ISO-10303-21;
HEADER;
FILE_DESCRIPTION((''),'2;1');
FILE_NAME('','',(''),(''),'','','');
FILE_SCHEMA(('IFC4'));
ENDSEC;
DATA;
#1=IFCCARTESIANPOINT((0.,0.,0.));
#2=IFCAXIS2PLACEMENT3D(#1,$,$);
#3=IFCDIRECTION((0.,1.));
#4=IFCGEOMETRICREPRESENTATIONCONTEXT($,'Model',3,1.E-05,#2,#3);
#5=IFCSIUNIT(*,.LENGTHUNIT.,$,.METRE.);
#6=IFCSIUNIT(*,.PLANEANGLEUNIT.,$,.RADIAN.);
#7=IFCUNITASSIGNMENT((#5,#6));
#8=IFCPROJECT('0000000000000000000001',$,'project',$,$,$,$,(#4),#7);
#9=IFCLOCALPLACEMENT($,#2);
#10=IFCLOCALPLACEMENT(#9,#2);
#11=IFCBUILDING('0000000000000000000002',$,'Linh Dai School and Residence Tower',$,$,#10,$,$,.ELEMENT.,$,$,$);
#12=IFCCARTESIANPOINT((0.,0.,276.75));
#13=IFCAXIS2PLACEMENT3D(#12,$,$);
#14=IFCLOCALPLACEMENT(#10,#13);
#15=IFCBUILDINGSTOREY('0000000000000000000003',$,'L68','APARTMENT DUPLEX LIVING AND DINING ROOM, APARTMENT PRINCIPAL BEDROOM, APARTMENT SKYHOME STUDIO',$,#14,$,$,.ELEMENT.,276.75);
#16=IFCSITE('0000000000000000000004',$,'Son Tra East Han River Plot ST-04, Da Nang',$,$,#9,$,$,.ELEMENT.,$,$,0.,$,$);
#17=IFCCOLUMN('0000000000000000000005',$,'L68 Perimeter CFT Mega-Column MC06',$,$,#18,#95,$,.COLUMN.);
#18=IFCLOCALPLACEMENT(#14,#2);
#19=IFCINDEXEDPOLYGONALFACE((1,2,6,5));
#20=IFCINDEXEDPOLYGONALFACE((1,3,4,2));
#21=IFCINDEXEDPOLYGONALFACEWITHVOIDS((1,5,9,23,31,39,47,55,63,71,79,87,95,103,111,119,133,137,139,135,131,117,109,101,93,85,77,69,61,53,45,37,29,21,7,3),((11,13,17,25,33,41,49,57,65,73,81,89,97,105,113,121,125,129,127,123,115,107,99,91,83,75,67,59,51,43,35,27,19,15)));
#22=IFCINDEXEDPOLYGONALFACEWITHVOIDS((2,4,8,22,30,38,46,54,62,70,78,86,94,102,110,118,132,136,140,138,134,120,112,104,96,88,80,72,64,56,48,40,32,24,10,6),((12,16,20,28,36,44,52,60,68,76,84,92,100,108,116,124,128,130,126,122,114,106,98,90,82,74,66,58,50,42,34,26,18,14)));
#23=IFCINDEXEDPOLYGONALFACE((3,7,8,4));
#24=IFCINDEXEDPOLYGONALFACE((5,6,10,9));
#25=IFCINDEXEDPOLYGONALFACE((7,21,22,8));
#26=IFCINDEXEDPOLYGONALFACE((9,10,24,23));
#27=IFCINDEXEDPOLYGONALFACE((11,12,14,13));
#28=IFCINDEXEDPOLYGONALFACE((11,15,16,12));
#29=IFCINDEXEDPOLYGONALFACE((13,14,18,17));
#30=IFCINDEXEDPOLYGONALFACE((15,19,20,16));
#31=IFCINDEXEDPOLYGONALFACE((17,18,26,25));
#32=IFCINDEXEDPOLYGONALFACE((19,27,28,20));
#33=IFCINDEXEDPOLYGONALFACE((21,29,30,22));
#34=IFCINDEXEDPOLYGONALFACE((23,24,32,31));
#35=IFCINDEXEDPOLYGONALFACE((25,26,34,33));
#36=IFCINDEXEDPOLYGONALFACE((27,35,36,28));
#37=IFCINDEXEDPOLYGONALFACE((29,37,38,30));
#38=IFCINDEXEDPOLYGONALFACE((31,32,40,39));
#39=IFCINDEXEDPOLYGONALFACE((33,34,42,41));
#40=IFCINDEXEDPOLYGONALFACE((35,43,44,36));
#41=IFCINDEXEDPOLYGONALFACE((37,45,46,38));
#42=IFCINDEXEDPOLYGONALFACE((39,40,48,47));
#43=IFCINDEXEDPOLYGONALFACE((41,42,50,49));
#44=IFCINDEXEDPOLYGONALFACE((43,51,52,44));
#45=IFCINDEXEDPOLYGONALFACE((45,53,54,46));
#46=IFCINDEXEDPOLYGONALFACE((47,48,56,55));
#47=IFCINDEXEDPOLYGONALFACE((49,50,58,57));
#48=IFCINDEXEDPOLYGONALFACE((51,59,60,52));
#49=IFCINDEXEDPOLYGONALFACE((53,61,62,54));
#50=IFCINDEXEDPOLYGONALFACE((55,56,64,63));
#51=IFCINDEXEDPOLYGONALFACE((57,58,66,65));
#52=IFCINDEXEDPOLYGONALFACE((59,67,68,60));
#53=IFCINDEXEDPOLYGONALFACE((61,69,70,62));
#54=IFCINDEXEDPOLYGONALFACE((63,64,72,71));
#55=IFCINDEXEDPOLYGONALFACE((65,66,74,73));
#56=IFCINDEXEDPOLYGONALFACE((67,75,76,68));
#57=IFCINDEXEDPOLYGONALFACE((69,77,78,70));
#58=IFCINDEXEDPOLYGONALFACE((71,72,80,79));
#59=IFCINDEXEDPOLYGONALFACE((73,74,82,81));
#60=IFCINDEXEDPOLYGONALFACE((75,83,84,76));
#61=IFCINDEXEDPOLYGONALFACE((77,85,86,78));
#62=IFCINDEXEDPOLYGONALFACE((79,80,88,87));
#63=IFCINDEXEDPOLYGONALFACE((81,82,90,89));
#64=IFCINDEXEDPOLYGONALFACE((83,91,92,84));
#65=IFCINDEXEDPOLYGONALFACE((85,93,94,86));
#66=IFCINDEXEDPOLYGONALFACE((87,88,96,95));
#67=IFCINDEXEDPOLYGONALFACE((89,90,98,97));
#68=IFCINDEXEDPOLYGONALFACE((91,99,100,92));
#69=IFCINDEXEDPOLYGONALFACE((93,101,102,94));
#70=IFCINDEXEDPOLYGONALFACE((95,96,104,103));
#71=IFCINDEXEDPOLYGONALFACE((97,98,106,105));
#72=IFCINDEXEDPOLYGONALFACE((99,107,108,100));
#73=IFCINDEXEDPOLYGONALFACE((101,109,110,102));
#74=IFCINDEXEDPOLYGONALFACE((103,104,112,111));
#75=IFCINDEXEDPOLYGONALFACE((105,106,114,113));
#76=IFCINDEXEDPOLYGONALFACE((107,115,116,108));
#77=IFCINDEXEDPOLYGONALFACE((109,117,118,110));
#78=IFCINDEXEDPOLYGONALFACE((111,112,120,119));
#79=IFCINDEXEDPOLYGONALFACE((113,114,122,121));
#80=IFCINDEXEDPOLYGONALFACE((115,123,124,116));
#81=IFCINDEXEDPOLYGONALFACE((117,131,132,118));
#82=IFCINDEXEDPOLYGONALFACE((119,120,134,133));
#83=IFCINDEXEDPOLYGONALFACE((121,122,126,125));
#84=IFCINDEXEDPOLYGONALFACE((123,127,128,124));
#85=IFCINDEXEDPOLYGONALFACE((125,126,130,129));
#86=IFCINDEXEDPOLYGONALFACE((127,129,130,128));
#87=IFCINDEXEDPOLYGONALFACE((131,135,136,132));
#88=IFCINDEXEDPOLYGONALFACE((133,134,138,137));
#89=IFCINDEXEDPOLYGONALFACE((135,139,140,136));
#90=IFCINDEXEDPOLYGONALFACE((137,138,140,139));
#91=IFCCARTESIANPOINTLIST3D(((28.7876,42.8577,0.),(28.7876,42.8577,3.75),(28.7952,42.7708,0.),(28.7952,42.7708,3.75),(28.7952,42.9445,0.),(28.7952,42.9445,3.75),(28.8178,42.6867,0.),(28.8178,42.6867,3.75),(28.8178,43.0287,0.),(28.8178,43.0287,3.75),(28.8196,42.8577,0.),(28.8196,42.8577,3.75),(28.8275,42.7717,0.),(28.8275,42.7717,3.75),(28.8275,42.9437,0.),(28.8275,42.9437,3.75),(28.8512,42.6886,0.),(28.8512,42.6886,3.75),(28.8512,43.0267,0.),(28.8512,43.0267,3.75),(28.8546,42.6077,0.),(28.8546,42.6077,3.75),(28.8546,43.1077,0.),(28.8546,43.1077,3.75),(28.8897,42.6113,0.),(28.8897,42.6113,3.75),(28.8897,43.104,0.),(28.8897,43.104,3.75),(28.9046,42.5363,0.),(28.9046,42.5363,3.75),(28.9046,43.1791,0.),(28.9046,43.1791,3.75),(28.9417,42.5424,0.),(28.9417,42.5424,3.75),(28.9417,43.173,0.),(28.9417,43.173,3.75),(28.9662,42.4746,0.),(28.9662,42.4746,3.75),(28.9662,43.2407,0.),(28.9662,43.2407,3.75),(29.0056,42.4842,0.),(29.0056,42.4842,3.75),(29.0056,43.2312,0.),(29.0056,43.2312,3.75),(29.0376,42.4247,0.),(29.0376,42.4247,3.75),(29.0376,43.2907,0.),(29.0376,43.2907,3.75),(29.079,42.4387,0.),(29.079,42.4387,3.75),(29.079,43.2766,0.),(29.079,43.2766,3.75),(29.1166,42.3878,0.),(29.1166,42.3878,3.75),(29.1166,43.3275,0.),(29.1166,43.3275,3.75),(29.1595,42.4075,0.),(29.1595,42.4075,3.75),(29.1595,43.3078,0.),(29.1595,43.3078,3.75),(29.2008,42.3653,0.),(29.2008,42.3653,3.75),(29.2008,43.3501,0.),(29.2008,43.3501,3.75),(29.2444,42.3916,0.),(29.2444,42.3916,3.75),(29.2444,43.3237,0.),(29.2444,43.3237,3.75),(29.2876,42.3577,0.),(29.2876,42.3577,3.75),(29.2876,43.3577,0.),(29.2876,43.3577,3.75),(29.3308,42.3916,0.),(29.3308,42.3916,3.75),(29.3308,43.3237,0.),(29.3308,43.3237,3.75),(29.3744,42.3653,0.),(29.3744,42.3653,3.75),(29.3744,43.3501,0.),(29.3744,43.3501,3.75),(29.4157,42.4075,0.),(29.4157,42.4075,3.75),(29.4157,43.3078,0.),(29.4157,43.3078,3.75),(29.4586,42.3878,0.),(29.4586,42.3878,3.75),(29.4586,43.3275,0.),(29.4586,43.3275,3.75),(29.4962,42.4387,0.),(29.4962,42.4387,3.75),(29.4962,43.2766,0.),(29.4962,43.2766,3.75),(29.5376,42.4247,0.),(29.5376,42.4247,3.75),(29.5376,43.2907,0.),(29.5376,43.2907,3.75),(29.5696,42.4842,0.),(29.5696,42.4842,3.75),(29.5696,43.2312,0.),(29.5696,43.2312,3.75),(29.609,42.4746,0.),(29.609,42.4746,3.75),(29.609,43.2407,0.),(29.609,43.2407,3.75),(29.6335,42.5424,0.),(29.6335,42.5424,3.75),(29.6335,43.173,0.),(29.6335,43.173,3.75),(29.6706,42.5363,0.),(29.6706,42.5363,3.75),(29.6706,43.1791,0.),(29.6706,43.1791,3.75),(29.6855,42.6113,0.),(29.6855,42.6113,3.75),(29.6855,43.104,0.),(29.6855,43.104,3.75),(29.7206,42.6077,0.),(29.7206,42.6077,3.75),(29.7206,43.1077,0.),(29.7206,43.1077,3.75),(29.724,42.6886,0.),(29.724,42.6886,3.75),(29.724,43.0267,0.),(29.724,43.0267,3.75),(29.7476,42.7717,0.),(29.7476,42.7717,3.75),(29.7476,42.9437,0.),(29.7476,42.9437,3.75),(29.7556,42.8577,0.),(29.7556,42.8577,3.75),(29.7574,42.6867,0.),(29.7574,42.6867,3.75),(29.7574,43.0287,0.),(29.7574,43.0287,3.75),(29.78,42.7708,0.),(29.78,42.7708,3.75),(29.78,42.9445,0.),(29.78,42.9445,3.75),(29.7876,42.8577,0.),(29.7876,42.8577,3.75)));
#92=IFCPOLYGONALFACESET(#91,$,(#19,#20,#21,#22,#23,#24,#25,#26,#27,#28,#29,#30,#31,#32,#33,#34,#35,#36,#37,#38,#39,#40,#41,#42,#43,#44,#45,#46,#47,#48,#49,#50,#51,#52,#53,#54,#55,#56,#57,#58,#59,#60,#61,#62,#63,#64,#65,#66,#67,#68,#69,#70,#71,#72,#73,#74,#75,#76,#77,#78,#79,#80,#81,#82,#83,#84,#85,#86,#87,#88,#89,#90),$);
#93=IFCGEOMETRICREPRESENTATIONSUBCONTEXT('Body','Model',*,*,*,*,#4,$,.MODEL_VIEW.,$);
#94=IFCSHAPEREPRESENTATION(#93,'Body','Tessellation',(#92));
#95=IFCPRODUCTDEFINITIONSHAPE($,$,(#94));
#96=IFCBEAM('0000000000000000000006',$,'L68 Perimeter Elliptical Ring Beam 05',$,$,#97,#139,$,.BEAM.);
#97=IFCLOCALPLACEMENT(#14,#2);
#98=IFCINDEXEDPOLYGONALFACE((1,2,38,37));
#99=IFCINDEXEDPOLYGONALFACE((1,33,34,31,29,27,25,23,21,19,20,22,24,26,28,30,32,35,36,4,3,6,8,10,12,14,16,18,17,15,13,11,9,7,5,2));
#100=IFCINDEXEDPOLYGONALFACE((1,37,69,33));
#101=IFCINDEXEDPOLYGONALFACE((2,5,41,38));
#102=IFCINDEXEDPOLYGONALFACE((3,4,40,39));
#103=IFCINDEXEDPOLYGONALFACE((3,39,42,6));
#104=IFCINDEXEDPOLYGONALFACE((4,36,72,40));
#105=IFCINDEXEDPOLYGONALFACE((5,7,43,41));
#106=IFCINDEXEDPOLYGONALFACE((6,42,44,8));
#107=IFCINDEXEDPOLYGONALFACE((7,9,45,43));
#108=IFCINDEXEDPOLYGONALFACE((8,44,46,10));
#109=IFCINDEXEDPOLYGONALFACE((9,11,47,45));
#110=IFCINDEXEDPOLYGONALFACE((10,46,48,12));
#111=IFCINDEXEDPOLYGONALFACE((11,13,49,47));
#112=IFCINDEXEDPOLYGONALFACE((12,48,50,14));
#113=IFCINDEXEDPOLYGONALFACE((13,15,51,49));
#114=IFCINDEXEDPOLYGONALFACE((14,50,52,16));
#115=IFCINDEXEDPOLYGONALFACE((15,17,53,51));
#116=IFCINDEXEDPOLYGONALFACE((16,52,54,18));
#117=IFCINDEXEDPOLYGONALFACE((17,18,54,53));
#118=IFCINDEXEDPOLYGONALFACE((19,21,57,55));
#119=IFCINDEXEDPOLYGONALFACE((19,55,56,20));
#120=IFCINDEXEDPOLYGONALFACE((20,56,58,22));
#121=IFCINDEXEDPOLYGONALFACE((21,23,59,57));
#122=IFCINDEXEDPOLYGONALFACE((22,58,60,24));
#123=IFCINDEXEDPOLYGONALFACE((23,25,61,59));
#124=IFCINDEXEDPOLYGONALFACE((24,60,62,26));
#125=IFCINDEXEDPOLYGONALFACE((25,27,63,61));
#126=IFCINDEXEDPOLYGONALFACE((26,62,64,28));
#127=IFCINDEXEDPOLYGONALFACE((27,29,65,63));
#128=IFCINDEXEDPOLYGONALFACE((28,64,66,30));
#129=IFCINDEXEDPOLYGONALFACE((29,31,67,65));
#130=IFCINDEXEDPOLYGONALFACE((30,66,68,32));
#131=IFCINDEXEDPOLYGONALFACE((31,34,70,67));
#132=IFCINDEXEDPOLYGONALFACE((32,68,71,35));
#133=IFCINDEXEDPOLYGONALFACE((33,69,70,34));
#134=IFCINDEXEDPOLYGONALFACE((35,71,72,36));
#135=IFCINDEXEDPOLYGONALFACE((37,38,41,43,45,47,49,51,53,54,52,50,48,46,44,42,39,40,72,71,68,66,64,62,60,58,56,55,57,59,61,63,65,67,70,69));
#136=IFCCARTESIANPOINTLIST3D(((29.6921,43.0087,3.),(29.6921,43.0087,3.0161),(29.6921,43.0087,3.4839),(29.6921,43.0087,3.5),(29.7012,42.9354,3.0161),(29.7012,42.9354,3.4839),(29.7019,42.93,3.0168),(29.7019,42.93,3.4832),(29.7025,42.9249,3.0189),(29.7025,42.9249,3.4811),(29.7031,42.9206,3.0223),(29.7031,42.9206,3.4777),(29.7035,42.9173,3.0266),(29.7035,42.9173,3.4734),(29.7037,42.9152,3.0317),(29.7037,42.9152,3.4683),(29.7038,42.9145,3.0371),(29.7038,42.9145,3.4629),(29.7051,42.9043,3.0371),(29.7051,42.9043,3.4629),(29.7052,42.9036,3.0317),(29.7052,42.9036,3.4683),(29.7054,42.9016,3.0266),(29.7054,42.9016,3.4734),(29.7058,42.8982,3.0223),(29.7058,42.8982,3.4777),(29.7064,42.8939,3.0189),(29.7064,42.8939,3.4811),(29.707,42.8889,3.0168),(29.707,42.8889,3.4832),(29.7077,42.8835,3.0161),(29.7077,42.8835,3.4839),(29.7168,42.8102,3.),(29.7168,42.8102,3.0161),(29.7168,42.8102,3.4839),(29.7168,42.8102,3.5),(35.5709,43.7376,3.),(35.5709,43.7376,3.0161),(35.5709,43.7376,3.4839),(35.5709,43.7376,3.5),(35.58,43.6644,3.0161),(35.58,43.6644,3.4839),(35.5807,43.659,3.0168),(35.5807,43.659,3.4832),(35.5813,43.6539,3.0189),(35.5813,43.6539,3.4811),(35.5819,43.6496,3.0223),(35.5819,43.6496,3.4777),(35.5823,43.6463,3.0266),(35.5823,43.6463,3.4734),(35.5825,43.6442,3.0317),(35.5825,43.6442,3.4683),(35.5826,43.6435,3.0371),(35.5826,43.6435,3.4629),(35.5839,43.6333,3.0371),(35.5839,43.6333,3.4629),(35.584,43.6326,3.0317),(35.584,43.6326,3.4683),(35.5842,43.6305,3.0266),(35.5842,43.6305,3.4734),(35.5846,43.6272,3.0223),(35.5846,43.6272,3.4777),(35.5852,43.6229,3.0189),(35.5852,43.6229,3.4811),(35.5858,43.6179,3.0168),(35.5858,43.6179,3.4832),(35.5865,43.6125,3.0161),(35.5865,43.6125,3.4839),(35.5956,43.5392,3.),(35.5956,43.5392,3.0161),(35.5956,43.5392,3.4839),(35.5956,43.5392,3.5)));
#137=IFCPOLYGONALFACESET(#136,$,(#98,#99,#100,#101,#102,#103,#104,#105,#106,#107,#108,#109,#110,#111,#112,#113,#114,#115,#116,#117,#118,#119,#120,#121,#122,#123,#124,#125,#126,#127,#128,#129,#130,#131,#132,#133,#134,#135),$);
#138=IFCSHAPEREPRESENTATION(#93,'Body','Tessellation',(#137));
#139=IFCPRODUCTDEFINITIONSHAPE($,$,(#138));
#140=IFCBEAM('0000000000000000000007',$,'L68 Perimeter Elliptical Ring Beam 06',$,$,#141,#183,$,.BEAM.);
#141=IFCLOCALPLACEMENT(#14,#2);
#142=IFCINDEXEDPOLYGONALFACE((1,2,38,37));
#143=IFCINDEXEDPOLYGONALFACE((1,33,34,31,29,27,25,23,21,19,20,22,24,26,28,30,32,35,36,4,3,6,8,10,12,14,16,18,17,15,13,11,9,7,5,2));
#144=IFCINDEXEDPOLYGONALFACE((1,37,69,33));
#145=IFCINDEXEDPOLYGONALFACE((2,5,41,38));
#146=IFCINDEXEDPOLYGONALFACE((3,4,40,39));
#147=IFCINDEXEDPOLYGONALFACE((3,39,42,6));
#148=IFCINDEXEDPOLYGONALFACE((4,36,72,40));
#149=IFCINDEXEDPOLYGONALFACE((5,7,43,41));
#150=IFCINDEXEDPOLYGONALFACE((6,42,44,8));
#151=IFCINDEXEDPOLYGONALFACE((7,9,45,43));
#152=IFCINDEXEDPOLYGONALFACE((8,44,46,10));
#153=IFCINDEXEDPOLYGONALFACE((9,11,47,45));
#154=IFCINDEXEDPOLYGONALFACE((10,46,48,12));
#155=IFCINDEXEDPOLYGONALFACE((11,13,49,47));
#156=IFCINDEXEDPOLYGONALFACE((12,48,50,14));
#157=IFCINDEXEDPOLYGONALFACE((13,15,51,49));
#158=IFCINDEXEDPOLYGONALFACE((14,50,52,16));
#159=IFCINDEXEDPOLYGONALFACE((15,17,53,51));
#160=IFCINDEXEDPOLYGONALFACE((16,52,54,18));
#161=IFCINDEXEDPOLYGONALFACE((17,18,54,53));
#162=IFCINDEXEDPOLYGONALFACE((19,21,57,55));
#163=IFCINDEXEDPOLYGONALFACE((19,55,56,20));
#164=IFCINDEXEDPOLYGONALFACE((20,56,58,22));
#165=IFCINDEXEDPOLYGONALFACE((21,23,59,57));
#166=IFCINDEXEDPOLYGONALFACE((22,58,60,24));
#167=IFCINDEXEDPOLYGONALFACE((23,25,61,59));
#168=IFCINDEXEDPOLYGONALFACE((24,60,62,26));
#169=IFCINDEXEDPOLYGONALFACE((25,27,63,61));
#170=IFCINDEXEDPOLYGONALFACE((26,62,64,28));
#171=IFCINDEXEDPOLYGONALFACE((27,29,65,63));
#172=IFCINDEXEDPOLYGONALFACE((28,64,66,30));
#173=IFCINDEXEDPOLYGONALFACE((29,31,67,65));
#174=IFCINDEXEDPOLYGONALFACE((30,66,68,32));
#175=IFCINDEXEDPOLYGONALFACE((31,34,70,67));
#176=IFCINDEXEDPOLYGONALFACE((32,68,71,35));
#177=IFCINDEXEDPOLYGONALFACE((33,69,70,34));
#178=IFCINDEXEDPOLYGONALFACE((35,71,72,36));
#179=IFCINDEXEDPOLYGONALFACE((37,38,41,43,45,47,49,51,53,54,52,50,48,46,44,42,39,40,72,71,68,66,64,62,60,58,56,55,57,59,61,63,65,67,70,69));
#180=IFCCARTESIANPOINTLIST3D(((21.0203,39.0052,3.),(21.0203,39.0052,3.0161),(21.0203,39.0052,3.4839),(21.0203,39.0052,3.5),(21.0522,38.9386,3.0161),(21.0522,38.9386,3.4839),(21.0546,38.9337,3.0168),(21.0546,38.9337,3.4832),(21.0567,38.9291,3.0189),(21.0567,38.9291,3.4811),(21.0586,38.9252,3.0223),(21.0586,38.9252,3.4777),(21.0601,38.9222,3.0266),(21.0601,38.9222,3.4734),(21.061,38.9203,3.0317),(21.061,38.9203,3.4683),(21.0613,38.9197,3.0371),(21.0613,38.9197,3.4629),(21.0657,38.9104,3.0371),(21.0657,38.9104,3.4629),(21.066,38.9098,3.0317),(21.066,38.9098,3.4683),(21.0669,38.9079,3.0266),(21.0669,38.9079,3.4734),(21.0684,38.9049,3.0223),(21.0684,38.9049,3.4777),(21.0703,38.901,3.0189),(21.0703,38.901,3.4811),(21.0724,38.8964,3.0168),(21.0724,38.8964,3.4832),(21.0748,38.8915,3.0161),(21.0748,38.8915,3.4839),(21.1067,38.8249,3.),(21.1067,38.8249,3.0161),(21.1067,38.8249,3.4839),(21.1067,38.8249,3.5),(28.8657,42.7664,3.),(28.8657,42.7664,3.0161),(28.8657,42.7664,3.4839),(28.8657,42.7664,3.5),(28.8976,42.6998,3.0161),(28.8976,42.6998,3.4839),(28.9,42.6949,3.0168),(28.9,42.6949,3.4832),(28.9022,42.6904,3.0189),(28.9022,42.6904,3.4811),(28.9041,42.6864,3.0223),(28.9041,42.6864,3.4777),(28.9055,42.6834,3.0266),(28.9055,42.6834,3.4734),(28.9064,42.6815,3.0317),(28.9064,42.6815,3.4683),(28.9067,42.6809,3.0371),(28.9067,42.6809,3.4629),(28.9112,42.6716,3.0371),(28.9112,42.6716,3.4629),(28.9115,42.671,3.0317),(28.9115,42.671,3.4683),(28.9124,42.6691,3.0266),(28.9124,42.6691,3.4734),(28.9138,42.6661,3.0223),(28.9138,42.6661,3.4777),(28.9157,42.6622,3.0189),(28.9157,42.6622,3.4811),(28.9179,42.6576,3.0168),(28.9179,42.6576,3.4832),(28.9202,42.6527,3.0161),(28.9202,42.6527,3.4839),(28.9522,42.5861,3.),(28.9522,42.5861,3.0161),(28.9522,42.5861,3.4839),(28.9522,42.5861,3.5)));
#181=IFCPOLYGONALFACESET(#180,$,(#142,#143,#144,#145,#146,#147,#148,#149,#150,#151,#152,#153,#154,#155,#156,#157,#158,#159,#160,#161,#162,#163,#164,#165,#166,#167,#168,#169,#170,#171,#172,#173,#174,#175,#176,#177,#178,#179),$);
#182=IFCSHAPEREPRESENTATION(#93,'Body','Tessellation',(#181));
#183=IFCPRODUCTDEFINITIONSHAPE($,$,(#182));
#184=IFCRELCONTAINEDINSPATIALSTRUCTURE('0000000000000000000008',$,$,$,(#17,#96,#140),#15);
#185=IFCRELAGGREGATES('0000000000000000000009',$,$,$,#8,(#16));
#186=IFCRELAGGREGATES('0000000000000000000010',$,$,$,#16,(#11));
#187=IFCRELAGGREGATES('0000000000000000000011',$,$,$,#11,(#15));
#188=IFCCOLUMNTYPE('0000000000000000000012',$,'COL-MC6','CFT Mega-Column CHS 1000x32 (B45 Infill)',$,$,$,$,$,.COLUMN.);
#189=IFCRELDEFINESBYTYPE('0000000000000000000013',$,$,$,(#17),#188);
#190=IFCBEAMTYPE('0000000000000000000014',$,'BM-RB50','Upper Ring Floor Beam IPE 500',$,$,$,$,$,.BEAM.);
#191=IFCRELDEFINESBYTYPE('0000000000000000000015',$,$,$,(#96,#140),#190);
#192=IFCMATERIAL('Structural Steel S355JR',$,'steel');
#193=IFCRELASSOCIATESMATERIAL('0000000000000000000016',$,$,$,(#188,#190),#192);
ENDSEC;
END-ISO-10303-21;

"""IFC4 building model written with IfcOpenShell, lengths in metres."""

from ifc_helpers import new_model, si_unit, direction, frame, origin, origin_2d, place, context, subcontext, project, spatial, hollow_circle, i_section, extrude, material, material_profile, profile_set, type_object, element, save


model = new_model("IFC4")

# Units and contexts
model_context = context("Model", 3, precision=1e-05, world=origin(), true_north=direction((0.0, 1.0)))
body_context = subcontext(model_context, "Body", "Model", "MODEL_VIEW")
ifc_project = project(units=[si_unit("LENGTHUNIT", "METRE"), si_unit("PLANEANGLEUNIT", "RADIAN")], contexts=[model_context])

# Site, building, storey
site_placement = place(None, origin())
site = spatial("IfcSite", under=ifc_project, at=site_placement, Name="Son Tra East Han River Plot ST-04, Da Nang", CompositionType="ELEMENT", RefElevation=0.0)
building_placement = place(site_placement, origin())
building = spatial("IfcBuilding", under=site, at=building_placement, Name="Linh Dai School and Residence Tower", CompositionType="ELEMENT")
storey_placement = place(building_placement, frame((0.0, 0.0, 276.75)))
storey = spatial("IfcBuildingStorey", under=building, at=storey_placement, Name="L68", Description="APARTMENT DUPLEX LIVING AND DINING ROOM, APARTMENT PRINCIPAL BEDROOM, APARTMENT SKYHOME STUDIO", CompositionType="ELEMENT", Elevation=276.75)

# Column
ifc_material_1 = material(Name="Structural Steel S355JR", Category="steel")
ifc_material_profile_1 = material_profile(ifc_material_1, hollow_circle(Radius=0.5, WallThickness=0.032, at=origin_2d()), Name="CHS 1000x32")
ifc_profile_set_1 = profile_set([ifc_material_profile_1], Name="Structural Steel S355JR")
column_type = type_object("IfcColumnType", Name="COL-MC6", Description="CFT Mega-Column CHS 1000x32 (B45 Infill)", PredefinedType="COLUMN", material=ifc_profile_set_1)
column_placement = place(storey_placement, frame((29.2876, 42.8577, 0.0), z_axis=(0.0, 0.0, 1.0), x_axis=(1.0, 0.0, 0.0)))
element("IfcColumn", 1, at=column_placement, inside=storey, type_object=column_type, Name="L68 Perimeter CFT Mega-Column MC06", PredefinedType="COLUMN", context=body_context, shape_type="SweptSolid", body=[
    extrude(hollow_circle(Radius=0.5, WallThickness=0.032, at=origin_2d()), origin(), (0.0, 0.0, 1.0), 3.75),
])

# Beams
ifc_material_profile_2 = material_profile(ifc_material_1, i_section(OverallWidth=0.2, OverallDepth=0.5, WebThickness=0.0103, FlangeThickness=0.0161, FilletRadius=0.021, at=origin_2d()), Name="IPE 500")
ifc_profile_set_2 = profile_set([ifc_material_profile_2], Name="Structural Steel S355JR")
beam_type_1 = type_object("IfcBeamType", Name="BM-RB50", Description="Upper Ring Floor Beam IPE 500", PredefinedType="BEAM", material=ifc_profile_set_2)
beam_1_placement = place(storey_placement, frame((35.5833, 43.6384, 3.25), z_axis=(-0.992399, -0.123061, 0.0), x_axis=(0.123061, -0.992399, 0.0)))
element("IfcBeam", 2, at=beam_1_placement, inside=storey, type_object=beam_type_1, Name="L68 Perimeter Elliptical Ring Beam 05", PredefinedType="BEAM", context=body_context, shape_type="SweptSolid", body=[
    extrude(i_section(OverallWidth=0.2, OverallDepth=0.5, WebThickness=0.0103, FlangeThickness=0.0161, FilletRadius=0.021, at=origin_2d()), origin(), (0.0, 0.0, 1.0), 5.9238),
])
beam_2_placement = place(storey_placement, frame((28.9089, 42.6763, 3.25), z_axis=(-0.901729, -0.432302, 0.0), x_axis=(0.432302, -0.901729, 0.0)))
element("IfcBeam", 3, at=beam_2_placement, inside=storey, type_object=beam_type_1, Name="L68 Perimeter Elliptical Ring Beam 06", PredefinedType="BEAM", context=body_context, shape_type="SweptSolid", body=[
    extrude(i_section(OverallWidth=0.2, OverallDepth=0.5, WebThickness=0.0103, FlangeThickness=0.0161, FilletRadius=0.021, at=origin_2d()), origin(), (0.0, 0.0, 1.0), 8.7004),
])

save(model, "model.ifc")
